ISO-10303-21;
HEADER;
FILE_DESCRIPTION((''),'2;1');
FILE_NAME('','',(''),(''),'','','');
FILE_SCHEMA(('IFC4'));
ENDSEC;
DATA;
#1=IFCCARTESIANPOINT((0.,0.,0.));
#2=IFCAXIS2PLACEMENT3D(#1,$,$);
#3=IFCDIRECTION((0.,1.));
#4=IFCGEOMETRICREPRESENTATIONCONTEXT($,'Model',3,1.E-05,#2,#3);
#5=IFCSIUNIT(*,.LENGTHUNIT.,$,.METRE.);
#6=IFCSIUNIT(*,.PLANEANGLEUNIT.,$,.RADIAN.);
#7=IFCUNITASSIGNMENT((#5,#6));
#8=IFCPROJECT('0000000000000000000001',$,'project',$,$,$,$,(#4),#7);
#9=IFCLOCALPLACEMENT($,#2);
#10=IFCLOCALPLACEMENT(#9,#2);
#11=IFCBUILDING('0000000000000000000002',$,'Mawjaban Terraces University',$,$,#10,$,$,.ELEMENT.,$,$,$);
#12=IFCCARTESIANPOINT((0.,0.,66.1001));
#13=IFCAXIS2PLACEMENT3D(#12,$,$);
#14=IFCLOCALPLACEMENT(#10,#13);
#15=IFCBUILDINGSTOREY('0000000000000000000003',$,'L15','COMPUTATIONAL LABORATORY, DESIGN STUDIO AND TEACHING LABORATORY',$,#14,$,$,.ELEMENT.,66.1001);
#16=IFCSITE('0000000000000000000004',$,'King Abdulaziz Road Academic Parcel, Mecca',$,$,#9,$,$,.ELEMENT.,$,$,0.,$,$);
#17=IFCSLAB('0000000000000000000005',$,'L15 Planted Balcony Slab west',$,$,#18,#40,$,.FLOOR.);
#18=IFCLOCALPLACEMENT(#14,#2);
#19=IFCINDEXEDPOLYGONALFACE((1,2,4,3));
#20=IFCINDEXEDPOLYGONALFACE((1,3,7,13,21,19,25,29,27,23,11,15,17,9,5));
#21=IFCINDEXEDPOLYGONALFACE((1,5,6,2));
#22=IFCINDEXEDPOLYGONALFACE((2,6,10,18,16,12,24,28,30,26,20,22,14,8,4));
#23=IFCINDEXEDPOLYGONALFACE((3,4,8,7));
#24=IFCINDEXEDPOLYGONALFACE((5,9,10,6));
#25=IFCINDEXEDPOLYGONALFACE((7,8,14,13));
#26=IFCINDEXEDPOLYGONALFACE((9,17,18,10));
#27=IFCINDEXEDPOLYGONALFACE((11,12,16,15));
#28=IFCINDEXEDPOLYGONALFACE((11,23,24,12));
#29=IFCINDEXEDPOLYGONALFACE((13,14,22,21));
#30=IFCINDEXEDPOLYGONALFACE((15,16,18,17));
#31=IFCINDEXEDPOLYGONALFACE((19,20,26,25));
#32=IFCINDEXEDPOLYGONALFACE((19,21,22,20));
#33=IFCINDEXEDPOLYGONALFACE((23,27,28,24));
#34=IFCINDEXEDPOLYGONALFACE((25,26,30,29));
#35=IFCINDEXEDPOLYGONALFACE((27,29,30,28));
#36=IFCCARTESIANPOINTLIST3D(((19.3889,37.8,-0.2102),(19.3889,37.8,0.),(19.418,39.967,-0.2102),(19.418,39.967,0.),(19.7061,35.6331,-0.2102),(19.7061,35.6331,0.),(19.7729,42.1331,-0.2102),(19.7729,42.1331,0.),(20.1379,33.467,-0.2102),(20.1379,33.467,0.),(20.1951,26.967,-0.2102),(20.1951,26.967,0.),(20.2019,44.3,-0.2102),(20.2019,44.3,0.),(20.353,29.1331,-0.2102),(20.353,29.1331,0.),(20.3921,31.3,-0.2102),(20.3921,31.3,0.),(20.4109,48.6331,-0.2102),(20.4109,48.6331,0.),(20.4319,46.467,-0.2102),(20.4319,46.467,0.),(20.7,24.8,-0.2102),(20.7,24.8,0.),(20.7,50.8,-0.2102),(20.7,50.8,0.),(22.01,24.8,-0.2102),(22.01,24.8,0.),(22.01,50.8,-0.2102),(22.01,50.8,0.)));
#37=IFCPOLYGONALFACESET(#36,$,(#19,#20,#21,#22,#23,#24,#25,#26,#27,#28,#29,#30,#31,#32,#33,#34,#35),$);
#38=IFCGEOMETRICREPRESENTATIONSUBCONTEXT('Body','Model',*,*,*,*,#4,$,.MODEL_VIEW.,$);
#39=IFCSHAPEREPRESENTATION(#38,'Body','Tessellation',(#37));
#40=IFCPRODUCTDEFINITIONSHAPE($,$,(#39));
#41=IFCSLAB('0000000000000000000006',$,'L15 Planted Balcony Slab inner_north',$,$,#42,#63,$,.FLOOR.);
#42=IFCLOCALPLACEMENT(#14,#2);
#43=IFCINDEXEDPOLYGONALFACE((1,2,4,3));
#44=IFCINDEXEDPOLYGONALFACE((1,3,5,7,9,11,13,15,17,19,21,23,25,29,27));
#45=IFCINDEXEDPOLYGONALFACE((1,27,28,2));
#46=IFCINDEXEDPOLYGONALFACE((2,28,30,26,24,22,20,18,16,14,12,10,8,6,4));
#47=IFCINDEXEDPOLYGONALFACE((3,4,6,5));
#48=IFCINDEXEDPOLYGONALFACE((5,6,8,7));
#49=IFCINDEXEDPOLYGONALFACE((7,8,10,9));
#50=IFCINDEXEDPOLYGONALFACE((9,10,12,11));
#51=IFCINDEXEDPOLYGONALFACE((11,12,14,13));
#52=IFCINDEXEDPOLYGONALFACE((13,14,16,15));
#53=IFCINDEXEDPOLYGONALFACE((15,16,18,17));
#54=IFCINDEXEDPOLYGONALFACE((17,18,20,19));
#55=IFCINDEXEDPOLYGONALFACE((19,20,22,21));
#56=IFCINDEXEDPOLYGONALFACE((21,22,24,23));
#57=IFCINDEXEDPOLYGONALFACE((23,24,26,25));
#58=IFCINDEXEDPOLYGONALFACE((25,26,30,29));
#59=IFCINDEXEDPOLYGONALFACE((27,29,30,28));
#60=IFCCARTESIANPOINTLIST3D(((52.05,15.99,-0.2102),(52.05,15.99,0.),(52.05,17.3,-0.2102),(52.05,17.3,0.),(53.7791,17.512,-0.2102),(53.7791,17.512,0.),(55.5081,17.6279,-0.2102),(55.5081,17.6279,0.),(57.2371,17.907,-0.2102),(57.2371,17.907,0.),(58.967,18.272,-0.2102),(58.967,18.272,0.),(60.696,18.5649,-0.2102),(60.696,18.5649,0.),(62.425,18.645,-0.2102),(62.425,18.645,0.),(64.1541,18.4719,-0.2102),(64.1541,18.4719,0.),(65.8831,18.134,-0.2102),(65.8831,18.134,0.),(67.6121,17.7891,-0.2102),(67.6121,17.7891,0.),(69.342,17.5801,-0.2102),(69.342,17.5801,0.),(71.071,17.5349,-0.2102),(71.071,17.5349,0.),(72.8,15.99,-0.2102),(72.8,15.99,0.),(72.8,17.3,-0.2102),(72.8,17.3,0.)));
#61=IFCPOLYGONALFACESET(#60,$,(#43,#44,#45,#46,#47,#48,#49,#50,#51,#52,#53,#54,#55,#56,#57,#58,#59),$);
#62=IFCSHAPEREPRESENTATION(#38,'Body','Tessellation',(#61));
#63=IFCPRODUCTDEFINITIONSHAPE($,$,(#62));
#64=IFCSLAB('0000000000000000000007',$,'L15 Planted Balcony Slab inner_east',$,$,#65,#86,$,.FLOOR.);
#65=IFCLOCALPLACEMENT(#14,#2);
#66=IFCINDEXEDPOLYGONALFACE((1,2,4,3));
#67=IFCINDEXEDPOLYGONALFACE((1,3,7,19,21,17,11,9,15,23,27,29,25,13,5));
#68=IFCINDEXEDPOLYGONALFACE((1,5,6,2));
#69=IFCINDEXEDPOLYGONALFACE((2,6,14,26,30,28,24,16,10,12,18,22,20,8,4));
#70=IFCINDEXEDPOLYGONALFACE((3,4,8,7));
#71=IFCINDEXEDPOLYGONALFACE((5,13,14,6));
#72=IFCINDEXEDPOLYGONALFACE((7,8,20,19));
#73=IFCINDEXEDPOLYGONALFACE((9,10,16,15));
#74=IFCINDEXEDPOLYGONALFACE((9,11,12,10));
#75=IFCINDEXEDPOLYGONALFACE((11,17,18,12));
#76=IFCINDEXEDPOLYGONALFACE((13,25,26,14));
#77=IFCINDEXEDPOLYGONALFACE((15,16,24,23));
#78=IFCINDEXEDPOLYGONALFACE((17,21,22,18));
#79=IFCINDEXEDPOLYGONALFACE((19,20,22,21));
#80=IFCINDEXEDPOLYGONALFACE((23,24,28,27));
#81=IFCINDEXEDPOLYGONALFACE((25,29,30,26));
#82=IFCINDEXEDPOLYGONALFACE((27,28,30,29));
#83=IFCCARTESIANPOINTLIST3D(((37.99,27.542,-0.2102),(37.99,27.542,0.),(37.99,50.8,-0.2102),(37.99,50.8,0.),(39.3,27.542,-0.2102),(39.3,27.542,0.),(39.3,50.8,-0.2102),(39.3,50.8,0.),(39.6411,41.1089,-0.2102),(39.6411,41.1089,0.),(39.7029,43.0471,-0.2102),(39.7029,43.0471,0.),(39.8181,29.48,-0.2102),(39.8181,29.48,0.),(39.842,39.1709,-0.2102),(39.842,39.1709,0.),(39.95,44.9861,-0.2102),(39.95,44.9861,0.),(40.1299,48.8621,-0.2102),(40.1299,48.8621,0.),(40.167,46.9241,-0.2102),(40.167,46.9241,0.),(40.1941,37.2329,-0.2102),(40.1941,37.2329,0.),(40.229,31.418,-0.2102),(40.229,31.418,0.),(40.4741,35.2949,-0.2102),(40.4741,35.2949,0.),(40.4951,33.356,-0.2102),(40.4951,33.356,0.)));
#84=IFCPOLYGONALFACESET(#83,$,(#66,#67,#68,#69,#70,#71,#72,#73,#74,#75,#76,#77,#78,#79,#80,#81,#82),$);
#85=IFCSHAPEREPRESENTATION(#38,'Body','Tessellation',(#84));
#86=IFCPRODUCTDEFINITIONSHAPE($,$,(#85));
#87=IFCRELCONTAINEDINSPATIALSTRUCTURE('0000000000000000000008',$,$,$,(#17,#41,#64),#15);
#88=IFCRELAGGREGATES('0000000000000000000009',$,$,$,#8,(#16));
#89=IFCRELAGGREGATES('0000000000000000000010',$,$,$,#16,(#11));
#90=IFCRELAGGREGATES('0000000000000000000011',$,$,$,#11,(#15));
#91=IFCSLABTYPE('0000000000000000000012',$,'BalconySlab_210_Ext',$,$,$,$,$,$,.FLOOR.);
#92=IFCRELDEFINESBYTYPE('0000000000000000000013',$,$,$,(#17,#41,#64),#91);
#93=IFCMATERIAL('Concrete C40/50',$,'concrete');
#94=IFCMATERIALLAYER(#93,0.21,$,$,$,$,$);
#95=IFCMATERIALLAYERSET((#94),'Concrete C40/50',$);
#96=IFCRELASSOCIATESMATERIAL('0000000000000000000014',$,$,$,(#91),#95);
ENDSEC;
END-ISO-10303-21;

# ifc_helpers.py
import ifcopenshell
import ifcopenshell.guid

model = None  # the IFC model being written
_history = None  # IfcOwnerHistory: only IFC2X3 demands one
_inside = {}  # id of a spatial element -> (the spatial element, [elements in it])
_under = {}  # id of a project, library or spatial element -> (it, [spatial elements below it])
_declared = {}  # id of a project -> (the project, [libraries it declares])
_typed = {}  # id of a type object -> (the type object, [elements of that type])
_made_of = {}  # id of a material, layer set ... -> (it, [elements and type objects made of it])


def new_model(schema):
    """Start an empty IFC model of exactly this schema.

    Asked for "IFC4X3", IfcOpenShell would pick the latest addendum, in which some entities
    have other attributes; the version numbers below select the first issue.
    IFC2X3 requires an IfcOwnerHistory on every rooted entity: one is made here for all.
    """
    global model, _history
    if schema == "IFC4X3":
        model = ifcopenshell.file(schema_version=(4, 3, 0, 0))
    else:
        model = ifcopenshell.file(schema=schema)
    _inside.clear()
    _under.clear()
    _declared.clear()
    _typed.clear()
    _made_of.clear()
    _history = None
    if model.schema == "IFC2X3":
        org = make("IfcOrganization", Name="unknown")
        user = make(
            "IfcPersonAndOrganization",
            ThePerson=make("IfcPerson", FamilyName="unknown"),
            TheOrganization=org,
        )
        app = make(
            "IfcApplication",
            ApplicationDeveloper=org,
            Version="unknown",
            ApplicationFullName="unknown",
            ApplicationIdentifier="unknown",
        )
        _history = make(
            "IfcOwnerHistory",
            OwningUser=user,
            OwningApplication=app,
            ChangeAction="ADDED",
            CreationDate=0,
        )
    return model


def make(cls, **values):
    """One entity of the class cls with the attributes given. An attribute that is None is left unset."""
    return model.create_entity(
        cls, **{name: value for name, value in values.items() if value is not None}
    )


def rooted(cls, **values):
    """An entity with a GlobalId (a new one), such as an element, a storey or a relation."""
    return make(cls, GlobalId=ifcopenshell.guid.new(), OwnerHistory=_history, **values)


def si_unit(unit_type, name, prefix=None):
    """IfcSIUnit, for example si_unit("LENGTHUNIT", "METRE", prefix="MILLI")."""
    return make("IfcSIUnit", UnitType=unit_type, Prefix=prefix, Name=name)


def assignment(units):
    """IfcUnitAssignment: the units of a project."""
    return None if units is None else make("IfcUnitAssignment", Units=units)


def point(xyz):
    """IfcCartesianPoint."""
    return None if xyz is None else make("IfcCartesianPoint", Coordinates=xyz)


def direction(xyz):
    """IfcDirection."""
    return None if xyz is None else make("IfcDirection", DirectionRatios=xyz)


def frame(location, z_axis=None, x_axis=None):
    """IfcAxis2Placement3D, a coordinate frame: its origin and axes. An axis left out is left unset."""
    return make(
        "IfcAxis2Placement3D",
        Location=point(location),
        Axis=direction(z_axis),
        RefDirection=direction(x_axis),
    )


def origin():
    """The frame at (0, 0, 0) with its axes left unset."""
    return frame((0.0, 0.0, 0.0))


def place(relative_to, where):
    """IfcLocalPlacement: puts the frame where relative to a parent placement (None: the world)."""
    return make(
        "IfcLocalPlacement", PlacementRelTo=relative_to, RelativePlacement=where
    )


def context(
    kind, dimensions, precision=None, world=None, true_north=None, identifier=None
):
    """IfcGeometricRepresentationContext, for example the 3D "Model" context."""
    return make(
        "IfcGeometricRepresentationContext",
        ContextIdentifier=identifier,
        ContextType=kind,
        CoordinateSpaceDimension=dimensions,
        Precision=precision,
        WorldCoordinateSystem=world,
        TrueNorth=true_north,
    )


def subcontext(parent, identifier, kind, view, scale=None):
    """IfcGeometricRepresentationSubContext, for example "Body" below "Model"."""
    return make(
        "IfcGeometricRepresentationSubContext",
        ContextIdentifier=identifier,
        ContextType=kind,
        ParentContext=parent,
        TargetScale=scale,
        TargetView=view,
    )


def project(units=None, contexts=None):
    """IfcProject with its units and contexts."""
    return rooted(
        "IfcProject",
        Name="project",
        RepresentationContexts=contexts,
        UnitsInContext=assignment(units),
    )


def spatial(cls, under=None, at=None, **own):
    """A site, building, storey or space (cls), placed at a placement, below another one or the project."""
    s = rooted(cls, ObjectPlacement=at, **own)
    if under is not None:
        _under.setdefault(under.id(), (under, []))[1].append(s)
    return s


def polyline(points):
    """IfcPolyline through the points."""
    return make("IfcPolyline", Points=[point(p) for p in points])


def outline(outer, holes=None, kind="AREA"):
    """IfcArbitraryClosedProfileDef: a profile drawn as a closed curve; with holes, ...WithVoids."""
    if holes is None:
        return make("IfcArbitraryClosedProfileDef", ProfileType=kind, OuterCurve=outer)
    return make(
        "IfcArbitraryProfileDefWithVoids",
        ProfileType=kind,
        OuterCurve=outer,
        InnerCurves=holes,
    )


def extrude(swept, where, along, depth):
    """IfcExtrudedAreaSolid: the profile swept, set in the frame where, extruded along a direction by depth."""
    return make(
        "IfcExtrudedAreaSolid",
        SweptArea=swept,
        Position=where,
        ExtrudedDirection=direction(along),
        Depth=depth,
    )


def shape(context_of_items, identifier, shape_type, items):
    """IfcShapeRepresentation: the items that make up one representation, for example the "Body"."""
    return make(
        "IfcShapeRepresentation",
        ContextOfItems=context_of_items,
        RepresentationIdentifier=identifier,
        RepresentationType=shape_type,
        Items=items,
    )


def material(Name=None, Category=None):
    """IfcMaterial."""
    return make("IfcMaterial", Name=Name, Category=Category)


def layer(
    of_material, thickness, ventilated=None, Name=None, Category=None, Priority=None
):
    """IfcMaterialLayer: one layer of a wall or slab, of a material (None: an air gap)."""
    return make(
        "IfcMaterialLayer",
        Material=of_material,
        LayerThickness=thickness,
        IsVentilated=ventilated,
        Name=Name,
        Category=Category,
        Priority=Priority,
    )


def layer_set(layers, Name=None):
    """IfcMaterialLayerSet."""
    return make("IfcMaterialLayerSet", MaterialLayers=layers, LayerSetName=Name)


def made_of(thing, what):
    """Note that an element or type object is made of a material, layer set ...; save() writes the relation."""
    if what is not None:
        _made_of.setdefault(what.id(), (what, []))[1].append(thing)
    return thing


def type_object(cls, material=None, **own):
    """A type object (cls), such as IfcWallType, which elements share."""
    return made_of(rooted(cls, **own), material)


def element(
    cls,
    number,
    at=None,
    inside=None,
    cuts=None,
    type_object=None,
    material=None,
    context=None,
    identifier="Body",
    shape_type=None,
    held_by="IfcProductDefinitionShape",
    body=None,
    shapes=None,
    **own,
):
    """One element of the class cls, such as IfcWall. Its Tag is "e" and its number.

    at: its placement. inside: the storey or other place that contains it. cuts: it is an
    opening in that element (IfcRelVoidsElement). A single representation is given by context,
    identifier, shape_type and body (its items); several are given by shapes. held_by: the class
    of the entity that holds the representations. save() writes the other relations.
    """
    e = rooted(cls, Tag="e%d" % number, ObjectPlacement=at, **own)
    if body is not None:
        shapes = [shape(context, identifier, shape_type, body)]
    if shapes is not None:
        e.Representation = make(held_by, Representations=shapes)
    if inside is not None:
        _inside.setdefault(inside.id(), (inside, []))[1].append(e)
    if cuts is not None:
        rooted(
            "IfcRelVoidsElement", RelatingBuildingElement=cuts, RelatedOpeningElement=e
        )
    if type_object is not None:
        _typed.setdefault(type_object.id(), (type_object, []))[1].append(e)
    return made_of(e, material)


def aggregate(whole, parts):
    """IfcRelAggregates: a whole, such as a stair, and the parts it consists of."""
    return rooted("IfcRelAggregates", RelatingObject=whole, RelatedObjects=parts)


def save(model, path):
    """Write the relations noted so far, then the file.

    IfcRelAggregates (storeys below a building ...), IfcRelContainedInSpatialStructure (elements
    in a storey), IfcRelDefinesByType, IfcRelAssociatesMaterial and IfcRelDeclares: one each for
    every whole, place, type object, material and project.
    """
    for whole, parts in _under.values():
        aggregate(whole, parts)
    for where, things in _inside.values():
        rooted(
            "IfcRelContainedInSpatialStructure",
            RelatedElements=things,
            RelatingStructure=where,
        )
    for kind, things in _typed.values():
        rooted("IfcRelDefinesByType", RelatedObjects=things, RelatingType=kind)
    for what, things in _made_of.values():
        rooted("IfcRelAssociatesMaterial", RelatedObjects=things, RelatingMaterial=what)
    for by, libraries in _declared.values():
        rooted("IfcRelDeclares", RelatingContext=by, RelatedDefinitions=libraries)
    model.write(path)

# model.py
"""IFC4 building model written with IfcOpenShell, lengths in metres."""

from ifc_helpers import new_model, si_unit, direction, frame, origin, place, context, subcontext, project, spatial, polyline, outline, extrude, material, layer, layer_set, type_object, element, save


model = new_model("IFC4")

# Units and contexts
model_context = context("Model", 3, precision=1e-05, world=origin(), true_north=direction((0.0, 1.0)))
body_context = subcontext(model_context, "Body", "Model", "MODEL_VIEW")
ifc_project = project(units=[si_unit("LENGTHUNIT", "METRE"), si_unit("PLANEANGLEUNIT", "RADIAN")], contexts=[model_context])

# Site, building, storey
site_placement = place(None, origin())
site = spatial("IfcSite", under=ifc_project, at=site_placement, Name="King Abdulaziz Road Academic Parcel, Mecca", CompositionType="ELEMENT", RefElevation=0.0)
building_placement = place(site_placement, origin())
building = spatial("IfcBuilding", under=site, at=building_placement, Name="Mawjaban Terraces University", CompositionType="ELEMENT")
storey_placement = place(building_placement, frame((0.0, 0.0, 66.1001)))
storey = spatial("IfcBuildingStorey", under=building, at=storey_placement, Name="L15", Description="COMPUTATIONAL LABORATORY, DESIGN STUDIO AND TEACHING LABORATORY", CompositionType="ELEMENT", Elevation=66.1001)

# Slabs
ifc_material_1 = material(Name="Concrete C40/50", Category="concrete")
ifc_layer_1 = layer(ifc_material_1, 0.21)
ifc_layer_set_1 = layer_set([ifc_layer_1], Name="Concrete C40/50")
slab_type_1 = type_object("IfcSlabType", Name="BalconySlab_210_Ext", PredefinedType="FLOOR", material=ifc_layer_set_1)
slab_1_placement = place(storey_placement, frame((0.0, 0.0, -0.2102)))
element("IfcSlab", 1, at=slab_1_placement, inside=storey, type_object=slab_type_1, Name="L15 Planted Balcony Slab west", PredefinedType="FLOOR", context=body_context, shape_type="SweptSolid", body=[
    extrude(outline(polyline([(22.01, 24.8), (22.01, 50.8), (20.7, 50.8), (20.4109, 48.6331), (20.4319, 46.467), (20.2019, 44.3), (19.7729, 42.1331), (19.418, 39.967), (19.3889, 37.8), (19.7061, 35.6331), (20.1379, 33.467), (20.3921, 31.3), (20.353, 29.1331), (20.1951, 26.967), (20.7, 24.8), (22.01, 24.8)])), origin(), (0.0, 0.0, 1.0), 0.2102),
])
slab_2_placement = place(storey_placement, frame((0.0, 0.0, -0.2102)))
element("IfcSlab", 2, at=slab_2_placement, inside=storey, type_object=slab_type_1, Name="L15 Planted Balcony Slab inner_north", PredefinedType="FLOOR", context=body_context, shape_type="SweptSolid", body=[
    extrude(outline(polyline([(52.05, 15.99), (72.8, 15.99), (72.8, 17.3), (71.071, 17.5349), (69.342, 17.5801), (67.6121, 17.7891), (65.8831, 18.134), (64.1541, 18.4719), (62.425, 18.645), (60.696, 18.5649), (58.967, 18.272), (57.2371, 17.907), (55.5081, 17.6279), (53.7791, 17.512), (52.05, 17.3), (52.05, 15.99)])), origin(), (0.0, 0.0, 1.0), 0.2102),
])
slab_3_placement = place(storey_placement, frame((0.0, 0.0, -0.2102)))
element("IfcSlab", 3, at=slab_3_placement, inside=storey, type_object=slab_type_1, Name="L15 Planted Balcony Slab inner_east", PredefinedType="FLOOR", context=body_context, shape_type="SweptSolid", body=[
    extrude(outline(polyline([(39.3, 27.542), (39.8181, 29.48), (40.229, 31.418), (40.4951, 33.356), (40.4741, 35.2949), (40.1941, 37.2329), (39.842, 39.1709), (39.6411, 41.1089), (39.7029, 43.0471), (39.95, 44.9861), (40.167, 46.9241), (40.1299, 48.8621), (39.3, 50.8), (37.99, 50.8), (37.99, 27.542), (39.3, 27.542)])), origin(), (0.0, 0.0, 1.0), 0.2102),
])

save(model, "model.ifc")
